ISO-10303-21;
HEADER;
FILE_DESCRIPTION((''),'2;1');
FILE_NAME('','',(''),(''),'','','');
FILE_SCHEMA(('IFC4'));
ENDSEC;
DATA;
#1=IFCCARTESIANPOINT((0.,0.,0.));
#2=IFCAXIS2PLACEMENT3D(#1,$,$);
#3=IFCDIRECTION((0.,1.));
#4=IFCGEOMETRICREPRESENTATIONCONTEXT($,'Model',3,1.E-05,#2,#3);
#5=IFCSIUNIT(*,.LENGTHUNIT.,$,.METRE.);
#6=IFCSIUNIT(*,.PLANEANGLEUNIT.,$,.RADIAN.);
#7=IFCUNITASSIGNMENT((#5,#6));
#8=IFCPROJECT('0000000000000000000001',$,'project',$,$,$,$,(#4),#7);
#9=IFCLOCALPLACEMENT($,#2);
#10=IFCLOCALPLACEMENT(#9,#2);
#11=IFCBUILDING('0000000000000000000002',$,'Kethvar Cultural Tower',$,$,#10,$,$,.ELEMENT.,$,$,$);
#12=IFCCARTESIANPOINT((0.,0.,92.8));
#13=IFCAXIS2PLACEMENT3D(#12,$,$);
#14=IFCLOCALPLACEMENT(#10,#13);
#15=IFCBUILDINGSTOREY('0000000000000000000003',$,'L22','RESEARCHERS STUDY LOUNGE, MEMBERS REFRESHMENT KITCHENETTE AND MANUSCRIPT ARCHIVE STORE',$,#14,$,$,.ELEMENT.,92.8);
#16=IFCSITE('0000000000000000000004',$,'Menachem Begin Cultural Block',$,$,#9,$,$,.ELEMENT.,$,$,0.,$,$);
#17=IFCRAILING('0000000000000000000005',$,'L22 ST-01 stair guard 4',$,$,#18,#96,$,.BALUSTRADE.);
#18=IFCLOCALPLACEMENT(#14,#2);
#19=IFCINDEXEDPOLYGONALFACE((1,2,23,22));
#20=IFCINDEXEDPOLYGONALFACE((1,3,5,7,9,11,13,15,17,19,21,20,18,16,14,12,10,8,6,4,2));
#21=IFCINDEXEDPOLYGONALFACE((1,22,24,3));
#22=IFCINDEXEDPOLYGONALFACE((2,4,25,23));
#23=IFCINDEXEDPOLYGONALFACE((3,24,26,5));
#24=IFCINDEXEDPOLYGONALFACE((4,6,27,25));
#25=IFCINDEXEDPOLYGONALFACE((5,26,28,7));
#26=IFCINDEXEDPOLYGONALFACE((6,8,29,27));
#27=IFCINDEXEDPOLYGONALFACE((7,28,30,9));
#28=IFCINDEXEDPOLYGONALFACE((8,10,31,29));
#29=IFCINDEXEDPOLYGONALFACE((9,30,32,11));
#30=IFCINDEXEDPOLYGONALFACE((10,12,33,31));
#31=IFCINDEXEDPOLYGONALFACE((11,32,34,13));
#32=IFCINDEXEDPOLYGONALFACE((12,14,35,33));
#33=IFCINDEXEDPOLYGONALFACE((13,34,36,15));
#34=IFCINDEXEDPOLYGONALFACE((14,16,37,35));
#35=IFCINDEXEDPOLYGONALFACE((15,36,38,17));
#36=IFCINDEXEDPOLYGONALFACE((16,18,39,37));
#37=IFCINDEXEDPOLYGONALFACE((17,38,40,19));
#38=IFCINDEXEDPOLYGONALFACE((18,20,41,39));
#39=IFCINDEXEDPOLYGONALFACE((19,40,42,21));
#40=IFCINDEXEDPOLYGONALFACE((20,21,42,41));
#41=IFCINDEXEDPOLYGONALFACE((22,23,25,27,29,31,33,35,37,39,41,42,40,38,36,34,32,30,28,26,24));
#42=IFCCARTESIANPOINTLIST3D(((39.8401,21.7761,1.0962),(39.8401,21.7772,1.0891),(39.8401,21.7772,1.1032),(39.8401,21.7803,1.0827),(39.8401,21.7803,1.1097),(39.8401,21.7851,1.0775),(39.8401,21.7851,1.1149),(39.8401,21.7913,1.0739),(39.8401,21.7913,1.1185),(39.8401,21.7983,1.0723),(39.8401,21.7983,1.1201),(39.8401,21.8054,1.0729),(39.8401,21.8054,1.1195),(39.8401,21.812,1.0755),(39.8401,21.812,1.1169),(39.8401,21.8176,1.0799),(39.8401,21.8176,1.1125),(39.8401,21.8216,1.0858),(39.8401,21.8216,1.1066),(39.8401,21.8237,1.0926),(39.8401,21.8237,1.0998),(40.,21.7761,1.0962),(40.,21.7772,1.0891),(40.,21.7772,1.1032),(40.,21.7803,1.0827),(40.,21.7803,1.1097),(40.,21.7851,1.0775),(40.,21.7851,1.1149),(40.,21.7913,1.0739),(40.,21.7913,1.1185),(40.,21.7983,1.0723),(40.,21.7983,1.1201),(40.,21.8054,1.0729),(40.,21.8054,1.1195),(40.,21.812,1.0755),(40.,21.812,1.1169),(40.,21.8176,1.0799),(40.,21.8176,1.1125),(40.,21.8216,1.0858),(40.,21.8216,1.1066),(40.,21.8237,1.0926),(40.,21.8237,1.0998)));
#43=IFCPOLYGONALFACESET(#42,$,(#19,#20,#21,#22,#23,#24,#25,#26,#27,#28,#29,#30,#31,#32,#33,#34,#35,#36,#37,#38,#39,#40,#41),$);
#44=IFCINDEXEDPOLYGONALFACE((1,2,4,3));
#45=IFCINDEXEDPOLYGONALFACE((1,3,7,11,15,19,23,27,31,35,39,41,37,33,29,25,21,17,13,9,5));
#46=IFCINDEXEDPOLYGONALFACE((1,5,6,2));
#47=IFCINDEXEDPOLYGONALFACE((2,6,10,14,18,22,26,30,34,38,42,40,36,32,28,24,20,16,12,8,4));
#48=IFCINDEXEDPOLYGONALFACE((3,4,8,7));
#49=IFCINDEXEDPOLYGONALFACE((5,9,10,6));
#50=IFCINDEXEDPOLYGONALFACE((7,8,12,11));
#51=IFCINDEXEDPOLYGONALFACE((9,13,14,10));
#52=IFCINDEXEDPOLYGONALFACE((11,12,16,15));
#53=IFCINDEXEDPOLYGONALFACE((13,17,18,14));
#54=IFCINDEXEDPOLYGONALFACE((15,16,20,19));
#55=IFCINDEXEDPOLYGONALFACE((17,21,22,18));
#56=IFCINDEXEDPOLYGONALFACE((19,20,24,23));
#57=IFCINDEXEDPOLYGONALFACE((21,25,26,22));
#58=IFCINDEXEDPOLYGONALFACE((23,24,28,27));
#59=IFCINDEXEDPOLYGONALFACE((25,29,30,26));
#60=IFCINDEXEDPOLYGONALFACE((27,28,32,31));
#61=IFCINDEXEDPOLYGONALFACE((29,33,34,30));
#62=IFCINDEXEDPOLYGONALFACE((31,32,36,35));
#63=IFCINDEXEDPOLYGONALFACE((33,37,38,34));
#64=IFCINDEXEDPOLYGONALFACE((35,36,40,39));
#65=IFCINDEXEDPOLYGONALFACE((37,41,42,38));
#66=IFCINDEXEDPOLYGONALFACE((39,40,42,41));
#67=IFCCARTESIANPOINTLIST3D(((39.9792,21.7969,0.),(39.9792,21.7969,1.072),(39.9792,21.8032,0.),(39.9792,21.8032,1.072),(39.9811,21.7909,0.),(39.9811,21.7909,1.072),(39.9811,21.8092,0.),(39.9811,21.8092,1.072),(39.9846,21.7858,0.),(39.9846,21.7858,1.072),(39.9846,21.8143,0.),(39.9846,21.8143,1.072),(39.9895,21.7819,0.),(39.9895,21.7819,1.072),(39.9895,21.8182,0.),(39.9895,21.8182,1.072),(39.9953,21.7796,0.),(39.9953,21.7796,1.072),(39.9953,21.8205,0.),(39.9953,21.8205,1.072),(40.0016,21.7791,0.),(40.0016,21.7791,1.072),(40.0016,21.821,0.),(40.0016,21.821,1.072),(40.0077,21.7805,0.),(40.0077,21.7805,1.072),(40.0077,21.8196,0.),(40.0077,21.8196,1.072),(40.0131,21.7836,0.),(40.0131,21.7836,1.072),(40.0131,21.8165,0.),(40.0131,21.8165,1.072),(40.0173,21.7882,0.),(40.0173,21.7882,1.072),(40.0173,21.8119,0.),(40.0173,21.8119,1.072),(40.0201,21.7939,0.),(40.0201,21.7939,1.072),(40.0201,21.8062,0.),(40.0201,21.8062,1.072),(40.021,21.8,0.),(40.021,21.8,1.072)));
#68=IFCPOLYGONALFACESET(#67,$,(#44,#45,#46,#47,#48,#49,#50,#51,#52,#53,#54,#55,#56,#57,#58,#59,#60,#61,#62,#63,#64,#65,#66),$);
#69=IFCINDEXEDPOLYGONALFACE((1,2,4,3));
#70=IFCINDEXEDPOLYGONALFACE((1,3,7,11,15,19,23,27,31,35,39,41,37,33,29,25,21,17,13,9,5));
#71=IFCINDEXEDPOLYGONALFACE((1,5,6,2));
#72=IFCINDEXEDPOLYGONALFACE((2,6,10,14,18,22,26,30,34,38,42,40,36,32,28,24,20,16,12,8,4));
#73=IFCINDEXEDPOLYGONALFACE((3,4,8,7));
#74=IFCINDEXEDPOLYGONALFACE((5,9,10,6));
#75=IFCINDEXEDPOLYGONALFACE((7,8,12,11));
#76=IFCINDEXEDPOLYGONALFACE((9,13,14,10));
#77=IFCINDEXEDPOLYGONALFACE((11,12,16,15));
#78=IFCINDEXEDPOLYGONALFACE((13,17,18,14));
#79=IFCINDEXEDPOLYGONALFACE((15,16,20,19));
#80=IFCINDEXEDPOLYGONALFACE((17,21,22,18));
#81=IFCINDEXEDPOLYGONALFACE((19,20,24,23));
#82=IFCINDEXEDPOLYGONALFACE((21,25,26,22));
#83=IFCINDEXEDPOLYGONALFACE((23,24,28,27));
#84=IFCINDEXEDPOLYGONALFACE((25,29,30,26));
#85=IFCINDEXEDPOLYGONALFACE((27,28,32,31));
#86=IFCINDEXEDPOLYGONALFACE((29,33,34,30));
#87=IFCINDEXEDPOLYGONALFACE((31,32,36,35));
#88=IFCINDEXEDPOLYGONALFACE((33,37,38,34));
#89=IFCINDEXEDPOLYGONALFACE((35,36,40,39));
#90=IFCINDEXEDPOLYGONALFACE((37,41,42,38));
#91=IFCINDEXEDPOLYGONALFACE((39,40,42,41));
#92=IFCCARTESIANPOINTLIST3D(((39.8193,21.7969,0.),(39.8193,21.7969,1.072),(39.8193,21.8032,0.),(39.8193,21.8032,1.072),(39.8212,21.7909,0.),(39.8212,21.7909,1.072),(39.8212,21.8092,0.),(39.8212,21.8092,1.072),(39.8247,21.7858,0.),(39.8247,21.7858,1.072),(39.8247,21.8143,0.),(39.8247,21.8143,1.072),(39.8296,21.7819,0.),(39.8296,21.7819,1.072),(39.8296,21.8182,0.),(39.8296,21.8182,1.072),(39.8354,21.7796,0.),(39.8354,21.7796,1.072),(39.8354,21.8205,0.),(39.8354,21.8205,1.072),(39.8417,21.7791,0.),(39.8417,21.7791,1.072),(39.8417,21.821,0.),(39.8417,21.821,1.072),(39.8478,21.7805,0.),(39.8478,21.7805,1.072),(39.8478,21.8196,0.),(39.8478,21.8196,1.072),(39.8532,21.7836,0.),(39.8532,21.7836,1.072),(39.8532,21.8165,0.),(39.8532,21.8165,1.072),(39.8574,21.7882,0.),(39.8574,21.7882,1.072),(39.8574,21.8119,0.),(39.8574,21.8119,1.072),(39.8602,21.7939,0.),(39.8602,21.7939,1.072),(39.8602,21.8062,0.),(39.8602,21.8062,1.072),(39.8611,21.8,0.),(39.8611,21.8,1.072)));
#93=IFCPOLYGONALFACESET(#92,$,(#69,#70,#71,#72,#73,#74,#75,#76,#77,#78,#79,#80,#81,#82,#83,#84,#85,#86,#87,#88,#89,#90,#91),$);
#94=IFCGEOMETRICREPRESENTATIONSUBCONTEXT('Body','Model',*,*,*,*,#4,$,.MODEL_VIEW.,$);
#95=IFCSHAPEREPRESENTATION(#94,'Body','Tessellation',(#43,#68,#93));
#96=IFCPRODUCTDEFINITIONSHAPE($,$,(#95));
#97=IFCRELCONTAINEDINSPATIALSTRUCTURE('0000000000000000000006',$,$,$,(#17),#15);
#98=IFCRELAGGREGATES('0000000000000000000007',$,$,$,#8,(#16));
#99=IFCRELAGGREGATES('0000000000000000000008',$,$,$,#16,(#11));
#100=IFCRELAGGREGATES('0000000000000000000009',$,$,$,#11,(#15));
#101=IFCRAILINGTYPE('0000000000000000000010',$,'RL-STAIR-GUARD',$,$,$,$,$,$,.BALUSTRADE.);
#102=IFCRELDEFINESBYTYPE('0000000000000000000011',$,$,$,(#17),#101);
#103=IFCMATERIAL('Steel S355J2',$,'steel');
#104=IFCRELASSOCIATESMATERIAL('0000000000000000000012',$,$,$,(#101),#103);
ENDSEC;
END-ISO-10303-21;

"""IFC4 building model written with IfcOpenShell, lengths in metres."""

from ifc_helpers import new_model, si_unit, direction, frame, origin, origin_2d, place, context, subcontext, project, spatial, circle, extrude, material, type_object, element, save


model = new_model("IFC4")

# Units and contexts
model_context = context("Model", 3, precision=1e-05, world=origin(), true_north=direction((0.0, 1.0)))
body_context = subcontext(model_context, "Body", "Model", "MODEL_VIEW")
ifc_project = project(units=[si_unit("LENGTHUNIT", "METRE"), si_unit("PLANEANGLEUNIT", "RADIAN")], contexts=[model_context])

# Site, building, storey
site_placement = place(None, origin())
site = spatial("IfcSite", under=ifc_project, at=site_placement, Name="Menachem Begin Cultural Block", CompositionType="ELEMENT", RefElevation=0.0)
building_placement = place(site_placement, origin())
building = spatial("IfcBuilding", under=site, at=building_placement, Name="Kethvar Cultural Tower", CompositionType="ELEMENT")
storey_placement = place(building_placement, frame((0.0, 0.0, 92.8)))
storey = spatial("IfcBuildingStorey", under=building, at=storey_placement, Name="L22", Description="RESEARCHERS STUDY LOUNGE, MEMBERS REFRESHMENT KITCHENETTE AND MANUSCRIPT ARCHIVE STORE", CompositionType="ELEMENT", Elevation=92.8)

# Shared definitions
ifc_material_1 = material(Name="Steel S355J2", Category="steel")

# Railing
railing_type_1 = type_object("IfcRailingType", Name="RL-STAIR-GUARD", PredefinedType="BALUSTRADE", material=ifc_material_1)
railing_1_placement = place(storey_placement, frame((40.0, 21.8, 0.0)))
element("IfcRailing", 1, at=railing_1_placement, inside=storey, type_object=railing_type_1, Name="L22 ST-01 stair guard 4", PredefinedType="BALUSTRADE", context=body_context, shape_type="SweptSolid", body=[
    extrude(circle(Radius=0.0239, at=origin_2d()), frame((0.0, 0.0, 1.0962), z_axis=(-1.0, 0.0, 0.0), x_axis=(0.0, -1.0, 0.0)), (0.0, 0.0, 1.0), 0.1599),
    extrude(circle(Radius=0.021, at=origin_2d()), origin(), (0.0, 0.0, 1.0), 1.072),
    extrude(circle(Radius=0.021, at=origin_2d()), frame((-0.1599, 0.0, 0.0)), (0.0, 0.0, 1.0), 1.072),
])

save(model, "model.ifc")
